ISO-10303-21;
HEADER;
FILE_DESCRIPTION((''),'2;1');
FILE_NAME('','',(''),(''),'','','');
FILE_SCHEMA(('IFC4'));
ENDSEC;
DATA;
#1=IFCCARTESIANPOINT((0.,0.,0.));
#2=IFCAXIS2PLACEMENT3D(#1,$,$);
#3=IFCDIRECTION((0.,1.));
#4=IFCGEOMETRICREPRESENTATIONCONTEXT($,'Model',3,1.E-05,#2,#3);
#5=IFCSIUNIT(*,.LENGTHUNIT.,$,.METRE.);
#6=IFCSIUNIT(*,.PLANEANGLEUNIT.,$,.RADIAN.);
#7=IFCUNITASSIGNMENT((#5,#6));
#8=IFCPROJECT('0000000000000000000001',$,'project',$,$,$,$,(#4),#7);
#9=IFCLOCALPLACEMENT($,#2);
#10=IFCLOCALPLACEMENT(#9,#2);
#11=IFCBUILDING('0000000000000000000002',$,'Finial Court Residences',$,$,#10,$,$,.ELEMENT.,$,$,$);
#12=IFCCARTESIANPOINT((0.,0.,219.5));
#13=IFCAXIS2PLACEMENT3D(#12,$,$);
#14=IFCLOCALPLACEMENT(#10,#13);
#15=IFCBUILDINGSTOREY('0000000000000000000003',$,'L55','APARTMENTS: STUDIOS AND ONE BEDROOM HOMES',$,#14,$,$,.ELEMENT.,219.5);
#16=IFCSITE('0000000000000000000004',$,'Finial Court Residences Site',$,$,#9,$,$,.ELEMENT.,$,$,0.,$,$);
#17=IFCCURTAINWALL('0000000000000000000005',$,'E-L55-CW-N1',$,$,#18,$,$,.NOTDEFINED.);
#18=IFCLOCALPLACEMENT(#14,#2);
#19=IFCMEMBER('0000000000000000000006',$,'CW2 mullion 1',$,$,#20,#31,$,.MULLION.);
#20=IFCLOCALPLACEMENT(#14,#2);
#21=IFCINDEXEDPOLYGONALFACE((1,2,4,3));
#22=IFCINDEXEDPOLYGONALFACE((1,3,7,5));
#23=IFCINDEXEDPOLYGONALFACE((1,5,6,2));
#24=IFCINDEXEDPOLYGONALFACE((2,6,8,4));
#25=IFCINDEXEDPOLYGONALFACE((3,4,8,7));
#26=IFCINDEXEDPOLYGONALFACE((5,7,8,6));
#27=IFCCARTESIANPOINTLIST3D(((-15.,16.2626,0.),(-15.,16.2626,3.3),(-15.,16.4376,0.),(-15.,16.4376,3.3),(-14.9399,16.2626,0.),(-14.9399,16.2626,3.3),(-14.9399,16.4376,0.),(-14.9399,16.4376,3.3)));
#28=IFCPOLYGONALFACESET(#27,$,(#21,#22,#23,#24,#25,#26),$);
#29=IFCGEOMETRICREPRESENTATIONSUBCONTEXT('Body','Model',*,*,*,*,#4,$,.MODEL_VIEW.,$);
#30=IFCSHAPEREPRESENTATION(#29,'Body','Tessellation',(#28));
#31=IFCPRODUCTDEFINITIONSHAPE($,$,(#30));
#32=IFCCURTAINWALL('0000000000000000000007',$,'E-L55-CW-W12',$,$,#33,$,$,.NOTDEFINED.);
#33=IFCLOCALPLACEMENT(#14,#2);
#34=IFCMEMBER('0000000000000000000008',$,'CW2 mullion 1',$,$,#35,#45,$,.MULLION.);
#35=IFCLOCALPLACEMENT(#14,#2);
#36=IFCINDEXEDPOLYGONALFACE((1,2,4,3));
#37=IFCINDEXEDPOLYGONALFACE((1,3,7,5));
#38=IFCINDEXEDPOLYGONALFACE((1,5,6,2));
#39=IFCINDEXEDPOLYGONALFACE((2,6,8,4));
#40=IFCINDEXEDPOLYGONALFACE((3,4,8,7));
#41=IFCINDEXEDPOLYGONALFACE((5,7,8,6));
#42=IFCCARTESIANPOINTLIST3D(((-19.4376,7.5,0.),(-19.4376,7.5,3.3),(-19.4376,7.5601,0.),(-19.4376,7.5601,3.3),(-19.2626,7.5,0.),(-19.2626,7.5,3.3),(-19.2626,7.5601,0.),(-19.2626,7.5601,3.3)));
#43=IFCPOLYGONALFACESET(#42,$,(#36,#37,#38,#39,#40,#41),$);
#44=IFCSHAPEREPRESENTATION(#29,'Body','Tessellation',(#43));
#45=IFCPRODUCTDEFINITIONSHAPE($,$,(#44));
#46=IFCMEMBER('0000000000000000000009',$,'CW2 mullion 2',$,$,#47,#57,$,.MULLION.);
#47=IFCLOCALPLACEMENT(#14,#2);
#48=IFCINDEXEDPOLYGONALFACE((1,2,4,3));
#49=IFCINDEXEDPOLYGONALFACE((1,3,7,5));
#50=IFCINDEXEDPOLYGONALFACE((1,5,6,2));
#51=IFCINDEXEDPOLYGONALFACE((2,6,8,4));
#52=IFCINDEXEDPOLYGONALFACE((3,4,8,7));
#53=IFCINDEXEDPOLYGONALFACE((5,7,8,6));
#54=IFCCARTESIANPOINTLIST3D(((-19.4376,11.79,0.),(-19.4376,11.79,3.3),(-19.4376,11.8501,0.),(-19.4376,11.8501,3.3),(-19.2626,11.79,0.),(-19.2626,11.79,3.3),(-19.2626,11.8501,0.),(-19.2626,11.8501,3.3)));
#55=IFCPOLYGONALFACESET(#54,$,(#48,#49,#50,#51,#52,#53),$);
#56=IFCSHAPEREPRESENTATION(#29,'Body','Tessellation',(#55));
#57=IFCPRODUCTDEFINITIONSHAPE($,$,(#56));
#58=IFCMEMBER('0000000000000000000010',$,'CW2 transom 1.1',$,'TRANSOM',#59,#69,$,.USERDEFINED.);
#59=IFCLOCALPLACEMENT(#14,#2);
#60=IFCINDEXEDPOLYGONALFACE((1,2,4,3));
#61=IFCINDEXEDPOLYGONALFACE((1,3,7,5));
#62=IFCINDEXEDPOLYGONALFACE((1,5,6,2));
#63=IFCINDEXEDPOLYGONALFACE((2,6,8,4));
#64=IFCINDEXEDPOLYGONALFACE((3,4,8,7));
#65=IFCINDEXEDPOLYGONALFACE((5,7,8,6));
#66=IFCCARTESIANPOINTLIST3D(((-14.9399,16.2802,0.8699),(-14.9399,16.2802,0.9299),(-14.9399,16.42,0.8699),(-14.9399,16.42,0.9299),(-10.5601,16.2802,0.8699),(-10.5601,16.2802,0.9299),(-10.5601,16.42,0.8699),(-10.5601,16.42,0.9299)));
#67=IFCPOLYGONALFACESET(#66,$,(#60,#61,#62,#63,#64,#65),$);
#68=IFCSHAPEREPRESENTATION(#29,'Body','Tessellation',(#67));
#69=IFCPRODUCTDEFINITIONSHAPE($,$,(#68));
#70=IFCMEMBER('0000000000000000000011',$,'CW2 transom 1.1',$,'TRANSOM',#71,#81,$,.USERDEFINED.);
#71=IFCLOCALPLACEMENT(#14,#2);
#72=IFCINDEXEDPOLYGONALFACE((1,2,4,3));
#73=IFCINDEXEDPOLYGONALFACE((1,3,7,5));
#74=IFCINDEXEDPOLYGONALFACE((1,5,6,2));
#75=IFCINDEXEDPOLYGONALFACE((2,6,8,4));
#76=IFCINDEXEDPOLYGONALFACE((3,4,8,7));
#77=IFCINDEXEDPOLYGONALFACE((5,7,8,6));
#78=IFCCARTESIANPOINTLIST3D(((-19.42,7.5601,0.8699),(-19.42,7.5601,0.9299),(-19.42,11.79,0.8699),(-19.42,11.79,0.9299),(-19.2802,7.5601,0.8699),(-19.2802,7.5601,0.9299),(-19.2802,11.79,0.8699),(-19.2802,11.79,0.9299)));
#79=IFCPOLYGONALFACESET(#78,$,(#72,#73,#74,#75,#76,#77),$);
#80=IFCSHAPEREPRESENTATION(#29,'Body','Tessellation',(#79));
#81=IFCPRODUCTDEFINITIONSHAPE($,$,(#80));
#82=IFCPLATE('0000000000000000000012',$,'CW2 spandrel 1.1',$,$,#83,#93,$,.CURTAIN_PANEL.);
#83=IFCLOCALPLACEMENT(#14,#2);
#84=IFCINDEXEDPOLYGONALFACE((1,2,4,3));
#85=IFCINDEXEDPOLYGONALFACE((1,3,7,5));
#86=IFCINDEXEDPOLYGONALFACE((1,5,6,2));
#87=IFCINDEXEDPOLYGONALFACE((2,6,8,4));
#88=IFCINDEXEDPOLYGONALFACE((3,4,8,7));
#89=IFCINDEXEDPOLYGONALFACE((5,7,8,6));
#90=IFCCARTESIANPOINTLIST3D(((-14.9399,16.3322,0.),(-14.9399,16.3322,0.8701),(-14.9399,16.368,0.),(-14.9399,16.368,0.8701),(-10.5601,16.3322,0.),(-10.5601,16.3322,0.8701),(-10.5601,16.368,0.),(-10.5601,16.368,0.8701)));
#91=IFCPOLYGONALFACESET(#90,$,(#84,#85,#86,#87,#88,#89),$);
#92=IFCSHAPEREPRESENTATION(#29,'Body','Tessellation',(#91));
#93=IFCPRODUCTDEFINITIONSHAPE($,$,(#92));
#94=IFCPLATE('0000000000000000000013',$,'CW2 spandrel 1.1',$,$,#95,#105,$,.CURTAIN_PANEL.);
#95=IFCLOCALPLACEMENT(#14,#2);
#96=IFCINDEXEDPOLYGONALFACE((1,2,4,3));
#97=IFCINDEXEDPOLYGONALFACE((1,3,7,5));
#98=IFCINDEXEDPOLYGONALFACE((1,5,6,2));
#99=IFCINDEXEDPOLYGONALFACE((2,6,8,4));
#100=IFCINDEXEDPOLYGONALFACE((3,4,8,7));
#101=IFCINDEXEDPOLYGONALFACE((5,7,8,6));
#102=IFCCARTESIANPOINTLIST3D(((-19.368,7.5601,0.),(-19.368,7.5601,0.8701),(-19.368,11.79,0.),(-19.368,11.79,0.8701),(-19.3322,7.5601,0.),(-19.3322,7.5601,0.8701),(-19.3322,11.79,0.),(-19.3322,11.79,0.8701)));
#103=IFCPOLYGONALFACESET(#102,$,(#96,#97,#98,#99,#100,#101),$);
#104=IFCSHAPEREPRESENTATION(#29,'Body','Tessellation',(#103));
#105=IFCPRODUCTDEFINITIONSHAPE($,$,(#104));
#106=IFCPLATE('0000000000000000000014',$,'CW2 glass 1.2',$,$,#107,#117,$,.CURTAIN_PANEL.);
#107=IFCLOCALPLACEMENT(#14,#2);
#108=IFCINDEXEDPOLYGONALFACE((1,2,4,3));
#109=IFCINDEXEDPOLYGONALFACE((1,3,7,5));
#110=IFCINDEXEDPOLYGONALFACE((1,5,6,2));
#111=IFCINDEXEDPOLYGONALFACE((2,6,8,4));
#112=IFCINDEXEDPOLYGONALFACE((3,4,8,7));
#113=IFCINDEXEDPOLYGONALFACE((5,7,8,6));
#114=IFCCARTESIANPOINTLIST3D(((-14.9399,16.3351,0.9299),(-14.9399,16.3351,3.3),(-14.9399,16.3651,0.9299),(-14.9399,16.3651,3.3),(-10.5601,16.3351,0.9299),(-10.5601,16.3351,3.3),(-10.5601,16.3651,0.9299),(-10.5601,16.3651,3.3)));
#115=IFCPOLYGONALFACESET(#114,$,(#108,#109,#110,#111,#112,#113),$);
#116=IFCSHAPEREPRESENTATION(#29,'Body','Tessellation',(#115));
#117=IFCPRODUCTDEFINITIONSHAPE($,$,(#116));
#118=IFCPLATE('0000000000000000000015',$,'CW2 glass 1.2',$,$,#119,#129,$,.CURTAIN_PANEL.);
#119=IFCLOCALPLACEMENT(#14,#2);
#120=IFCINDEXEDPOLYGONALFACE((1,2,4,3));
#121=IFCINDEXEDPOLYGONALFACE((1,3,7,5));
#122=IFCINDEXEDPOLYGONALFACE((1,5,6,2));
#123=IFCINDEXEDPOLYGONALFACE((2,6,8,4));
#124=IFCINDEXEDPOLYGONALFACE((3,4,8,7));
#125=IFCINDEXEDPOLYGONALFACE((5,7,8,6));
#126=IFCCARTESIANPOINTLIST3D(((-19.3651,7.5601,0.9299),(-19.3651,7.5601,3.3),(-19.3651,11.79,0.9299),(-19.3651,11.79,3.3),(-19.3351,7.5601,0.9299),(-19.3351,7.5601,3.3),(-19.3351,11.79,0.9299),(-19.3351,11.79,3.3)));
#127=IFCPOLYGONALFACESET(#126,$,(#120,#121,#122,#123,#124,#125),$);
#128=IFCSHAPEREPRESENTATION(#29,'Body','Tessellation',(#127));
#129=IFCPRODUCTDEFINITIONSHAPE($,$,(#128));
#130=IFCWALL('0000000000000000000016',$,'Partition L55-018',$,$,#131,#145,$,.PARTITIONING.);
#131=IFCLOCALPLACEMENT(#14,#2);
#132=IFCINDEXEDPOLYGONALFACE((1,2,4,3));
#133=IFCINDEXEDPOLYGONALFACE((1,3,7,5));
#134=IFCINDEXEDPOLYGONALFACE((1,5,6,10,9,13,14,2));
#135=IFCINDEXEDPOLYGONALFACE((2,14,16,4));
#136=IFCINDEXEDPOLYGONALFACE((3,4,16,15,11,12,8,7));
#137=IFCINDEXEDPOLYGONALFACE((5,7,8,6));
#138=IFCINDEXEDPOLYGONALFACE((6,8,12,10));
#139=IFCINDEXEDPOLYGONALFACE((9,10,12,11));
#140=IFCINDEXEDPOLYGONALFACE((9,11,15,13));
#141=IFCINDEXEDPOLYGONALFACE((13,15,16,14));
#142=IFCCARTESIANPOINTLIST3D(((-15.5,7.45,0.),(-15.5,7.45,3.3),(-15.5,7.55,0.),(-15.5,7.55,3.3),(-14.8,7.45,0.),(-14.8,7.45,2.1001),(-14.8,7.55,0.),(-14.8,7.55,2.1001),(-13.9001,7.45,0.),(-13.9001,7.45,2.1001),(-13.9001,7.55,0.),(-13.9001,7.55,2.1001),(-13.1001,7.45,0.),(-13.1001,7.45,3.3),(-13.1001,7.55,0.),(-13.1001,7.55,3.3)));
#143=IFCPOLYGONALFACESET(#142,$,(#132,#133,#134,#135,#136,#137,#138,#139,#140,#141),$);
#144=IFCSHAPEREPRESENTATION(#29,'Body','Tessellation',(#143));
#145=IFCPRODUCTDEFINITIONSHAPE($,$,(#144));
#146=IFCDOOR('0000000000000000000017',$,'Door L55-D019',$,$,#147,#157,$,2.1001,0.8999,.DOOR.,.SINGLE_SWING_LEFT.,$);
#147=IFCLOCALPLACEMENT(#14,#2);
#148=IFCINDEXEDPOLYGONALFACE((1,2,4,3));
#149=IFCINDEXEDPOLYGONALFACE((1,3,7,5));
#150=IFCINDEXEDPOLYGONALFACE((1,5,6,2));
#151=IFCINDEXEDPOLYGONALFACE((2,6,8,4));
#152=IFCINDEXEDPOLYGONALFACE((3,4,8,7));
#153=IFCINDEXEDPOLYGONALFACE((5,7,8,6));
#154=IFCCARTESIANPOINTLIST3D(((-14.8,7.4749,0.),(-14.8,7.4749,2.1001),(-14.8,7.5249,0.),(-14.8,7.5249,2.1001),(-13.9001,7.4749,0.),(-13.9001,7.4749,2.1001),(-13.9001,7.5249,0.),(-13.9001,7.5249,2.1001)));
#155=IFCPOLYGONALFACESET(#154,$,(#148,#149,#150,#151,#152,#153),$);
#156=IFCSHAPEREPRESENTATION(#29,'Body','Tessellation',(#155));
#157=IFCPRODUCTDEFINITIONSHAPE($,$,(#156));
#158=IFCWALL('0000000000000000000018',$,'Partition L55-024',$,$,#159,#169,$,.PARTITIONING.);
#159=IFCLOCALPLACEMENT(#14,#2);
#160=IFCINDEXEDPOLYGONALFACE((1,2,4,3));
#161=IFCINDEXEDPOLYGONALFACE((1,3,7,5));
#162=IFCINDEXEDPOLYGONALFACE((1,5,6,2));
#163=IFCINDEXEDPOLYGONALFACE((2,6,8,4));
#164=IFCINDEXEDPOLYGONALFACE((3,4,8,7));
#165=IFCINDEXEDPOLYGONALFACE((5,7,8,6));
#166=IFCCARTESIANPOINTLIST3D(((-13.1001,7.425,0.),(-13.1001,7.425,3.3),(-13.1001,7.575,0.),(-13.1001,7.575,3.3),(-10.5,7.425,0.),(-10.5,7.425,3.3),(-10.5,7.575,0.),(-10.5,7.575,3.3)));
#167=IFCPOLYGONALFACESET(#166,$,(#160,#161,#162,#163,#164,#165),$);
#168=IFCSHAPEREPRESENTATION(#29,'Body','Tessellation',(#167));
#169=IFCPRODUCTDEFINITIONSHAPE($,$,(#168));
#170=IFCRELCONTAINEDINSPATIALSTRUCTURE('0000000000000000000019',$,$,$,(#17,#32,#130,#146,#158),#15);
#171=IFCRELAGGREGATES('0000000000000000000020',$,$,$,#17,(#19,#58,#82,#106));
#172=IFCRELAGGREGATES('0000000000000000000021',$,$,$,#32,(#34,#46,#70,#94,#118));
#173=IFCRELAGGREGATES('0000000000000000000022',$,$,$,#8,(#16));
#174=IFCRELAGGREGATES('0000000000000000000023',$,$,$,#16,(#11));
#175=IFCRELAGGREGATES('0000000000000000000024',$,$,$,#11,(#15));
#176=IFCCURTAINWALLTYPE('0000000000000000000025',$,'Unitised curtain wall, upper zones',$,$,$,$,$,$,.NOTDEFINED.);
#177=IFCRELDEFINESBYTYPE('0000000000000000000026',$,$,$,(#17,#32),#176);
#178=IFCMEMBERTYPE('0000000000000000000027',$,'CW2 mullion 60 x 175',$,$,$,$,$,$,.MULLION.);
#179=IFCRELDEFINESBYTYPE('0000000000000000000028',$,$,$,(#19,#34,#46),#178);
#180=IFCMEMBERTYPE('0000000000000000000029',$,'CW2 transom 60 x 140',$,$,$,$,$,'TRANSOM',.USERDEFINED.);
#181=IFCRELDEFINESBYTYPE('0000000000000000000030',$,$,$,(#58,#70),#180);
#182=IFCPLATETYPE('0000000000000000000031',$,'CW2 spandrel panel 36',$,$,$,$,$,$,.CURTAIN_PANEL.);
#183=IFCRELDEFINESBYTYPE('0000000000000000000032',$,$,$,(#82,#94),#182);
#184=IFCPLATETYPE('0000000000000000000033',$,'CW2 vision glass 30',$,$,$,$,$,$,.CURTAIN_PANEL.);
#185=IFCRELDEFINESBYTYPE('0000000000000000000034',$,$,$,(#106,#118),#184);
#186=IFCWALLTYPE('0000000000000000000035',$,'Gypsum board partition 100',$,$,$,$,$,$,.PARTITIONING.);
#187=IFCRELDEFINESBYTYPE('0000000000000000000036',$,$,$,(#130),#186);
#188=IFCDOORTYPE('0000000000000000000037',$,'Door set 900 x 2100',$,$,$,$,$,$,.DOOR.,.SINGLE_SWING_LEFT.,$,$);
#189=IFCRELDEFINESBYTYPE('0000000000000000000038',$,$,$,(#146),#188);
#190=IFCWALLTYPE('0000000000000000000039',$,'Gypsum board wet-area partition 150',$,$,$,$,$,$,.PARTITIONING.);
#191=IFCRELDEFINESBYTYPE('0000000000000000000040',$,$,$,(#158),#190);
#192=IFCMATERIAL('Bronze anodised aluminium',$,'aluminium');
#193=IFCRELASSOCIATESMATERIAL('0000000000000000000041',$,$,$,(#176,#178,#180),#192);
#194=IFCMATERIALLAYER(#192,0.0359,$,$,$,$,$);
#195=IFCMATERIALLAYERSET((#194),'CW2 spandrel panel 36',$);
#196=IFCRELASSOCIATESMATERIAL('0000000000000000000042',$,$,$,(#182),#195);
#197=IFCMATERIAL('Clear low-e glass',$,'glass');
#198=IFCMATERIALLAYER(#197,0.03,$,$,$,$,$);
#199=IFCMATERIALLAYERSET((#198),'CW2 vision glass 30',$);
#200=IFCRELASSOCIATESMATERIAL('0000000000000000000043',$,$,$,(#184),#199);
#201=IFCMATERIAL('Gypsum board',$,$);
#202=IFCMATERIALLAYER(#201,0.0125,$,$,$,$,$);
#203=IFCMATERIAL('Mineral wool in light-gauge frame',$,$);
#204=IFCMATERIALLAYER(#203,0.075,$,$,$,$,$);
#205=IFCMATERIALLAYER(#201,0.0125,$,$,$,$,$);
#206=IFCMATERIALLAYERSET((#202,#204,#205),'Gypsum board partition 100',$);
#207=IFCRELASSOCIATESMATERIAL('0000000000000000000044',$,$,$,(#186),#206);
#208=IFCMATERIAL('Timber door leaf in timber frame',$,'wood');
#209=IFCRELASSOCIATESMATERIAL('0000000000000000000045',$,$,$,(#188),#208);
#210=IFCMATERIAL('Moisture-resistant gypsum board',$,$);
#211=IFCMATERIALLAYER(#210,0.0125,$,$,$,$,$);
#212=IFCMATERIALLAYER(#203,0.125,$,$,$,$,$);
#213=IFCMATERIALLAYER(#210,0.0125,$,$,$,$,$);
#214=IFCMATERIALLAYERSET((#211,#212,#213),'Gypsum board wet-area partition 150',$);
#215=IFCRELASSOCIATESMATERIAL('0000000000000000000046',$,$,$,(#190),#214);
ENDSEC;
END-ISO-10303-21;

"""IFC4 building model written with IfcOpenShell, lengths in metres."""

from ifc_helpers import new_model, si_unit, direction, frame, frame_2d, origin, origin_2d, place, context, subcontext, project, spatial, rectangle, extrude, material, layer, layer_set, material_profile, profile_set, type_object, element, fill, aggregate, save


model = new_model("IFC4")

# Units and contexts
model_context = context("Model", 3, precision=1e-05, world=origin(), true_north=direction((0.0, 1.0)))
body_context = subcontext(model_context, "Body", "Model", "MODEL_VIEW")
ifc_project = project(units=[si_unit("LENGTHUNIT", "METRE"), si_unit("PLANEANGLEUNIT", "RADIAN")], contexts=[model_context])

# Site, building, storey
site_placement = place(None, origin())
site = spatial("IfcSite", under=ifc_project, at=site_placement, Name="Finial Court Residences Site", CompositionType="ELEMENT", RefElevation=0.0)
building_placement = place(site_placement, origin())
building = spatial("IfcBuilding", under=site, at=building_placement, Name="Finial Court Residences", CompositionType="ELEMENT")
storey_placement = place(building_placement, frame((0.0, 0.0, 219.5)))
storey = spatial("IfcBuildingStorey", under=building, at=storey_placement, Name="L55", Description="APARTMENTS: STUDIOS AND ONE BEDROOM HOMES", CompositionType="ELEMENT", Elevation=219.5)

# Curtain wall, member
ifc_material_1 = material(Name="Bronze anodised aluminium", Category="aluminium")
curtain_wall_type = type_object("IfcCurtainWallType", Name="Unitised curtain wall, upper zones", PredefinedType="NOTDEFINED", material=ifc_material_1)
curtain_wall_1_placement = place(storey_placement, origin())
curtain_wall_1 = element("IfcCurtainWall", 1, at=curtain_wall_1_placement, inside=storey, type_object=curtain_wall_type, Name="E-L55-CW-N1", PredefinedType="NOTDEFINED")
ifc_material_profile_1 = material_profile(ifc_material_1, rectangle(XDim=0.175, YDim=0.0601, at=origin_2d()), Name="CW2 mullion 60 x 175")
ifc_profile_set_1 = profile_set([ifc_material_profile_1], Name="Bronze anodised aluminium")
member_type_1 = type_object("IfcMemberType", Name="CW2 mullion 60 x 175", PredefinedType="MULLION", material=ifc_profile_set_1)
member_1_placement = place(storey_placement, frame((-14.97, 16.3501, 0.0), z_axis=(0.0, 0.0, 1.0), x_axis=(0.0, 1.0, 0.0)))
member_1 = element("IfcMember", 2, at=member_1_placement, type_object=member_type_1, Name="CW2 mullion 1", PredefinedType="MULLION", context=body_context, shape_type="SweptSolid", body=[
    extrude(rectangle(XDim=0.175, YDim=0.0601, at=origin_2d()), origin(), (0.0, 0.0, 1.0), 3.3),
])

# Curtain wall, members
curtain_wall_2_placement = place(storey_placement, origin())
curtain_wall_2 = element("IfcCurtainWall", 3, at=curtain_wall_2_placement, inside=storey, type_object=curtain_wall_type, Name="E-L55-CW-W12", PredefinedType="NOTDEFINED")
member_2_placement = place(storey_placement, frame((-19.3501, 7.53, 0.0), z_axis=(0.0, 0.0, 1.0), x_axis=(-1.0, 0.0, 0.0)))
member_2 = element("IfcMember", 4, at=member_2_placement, type_object=member_type_1, Name="CW2 mullion 1", PredefinedType="MULLION", context=body_context, shape_type="SweptSolid", body=[
    extrude(rectangle(XDim=0.175, YDim=0.0601, at=origin_2d()), origin(), (0.0, 0.0, 1.0), 3.3),
])
member_3_placement = place(storey_placement, frame((-19.3501, 11.8201, 0.0), z_axis=(0.0, 0.0, 1.0), x_axis=(-1.0, 0.0, 0.0)))
member_3 = element("IfcMember", 5, at=member_3_placement, type_object=member_type_1, Name="CW2 mullion 2", PredefinedType="MULLION", context=body_context, shape_type="SweptSolid", body=[
    extrude(rectangle(XDim=0.175, YDim=0.0601, at=origin_2d()), origin(), (0.0, 0.0, 1.0), 3.3),
])

# Members
ifc_material_profile_2 = material_profile(ifc_material_1, rectangle(XDim=0.1399, YDim=0.0601, at=origin_2d()), Name="CW2 transom 60 x 140")
ifc_profile_set_2 = profile_set([ifc_material_profile_2], Name="Bronze anodised aluminium")
member_type_2 = type_object("IfcMemberType", Name="CW2 transom 60 x 140", ElementType="TRANSOM", PredefinedType="USERDEFINED", material=ifc_profile_set_2)
member_4_placement = place(storey_placement, frame((-14.9399, 16.3501, 0.8999), z_axis=(1.0, 0.0, 0.0), x_axis=(0.0, 1.0, 0.0)))
member_4 = element("IfcMember", 6, at=member_4_placement, type_object=member_type_2, Name="CW2 transom 1.1", ObjectType="TRANSOM", PredefinedType="USERDEFINED", context=body_context, shape_type="SweptSolid", body=[
    extrude(rectangle(XDim=0.1399, YDim=0.0601, at=origin_2d()), origin(), (0.0, 0.0, 1.0), 4.3799),
])
member_5_placement = place(storey_placement, frame((-19.3501, 7.5601, 0.8999), z_axis=(0.0, 1.0, 0.0), x_axis=(-1.0, 0.0, 0.0)))
member_5 = element("IfcMember", 7, at=member_5_placement, type_object=member_type_2, Name="CW2 transom 1.1", ObjectType="TRANSOM", PredefinedType="USERDEFINED", context=body_context, shape_type="SweptSolid", body=[
    extrude(rectangle(XDim=0.1399, YDim=0.0601, at=origin_2d()), origin(), (0.0, 0.0, 1.0), 4.23),
])

# Plates
ifc_layer_1 = layer(ifc_material_1, 0.0359)
ifc_layer_set_1 = layer_set([ifc_layer_1], Name="CW2 spandrel panel 36")
plate_type_1 = type_object("IfcPlateType", Name="CW2 spandrel panel 36", PredefinedType="CURTAIN_PANEL", material=ifc_layer_set_1)
plate_1_placement = place(storey_placement, frame((-12.75, 16.3501, 0.0), z_axis=(0.0, 0.0, 1.0), x_axis=(1.0, 0.0, 0.0)))
plate_1 = element("IfcPlate", 8, at=plate_1_placement, type_object=plate_type_1, Name="CW2 spandrel 1.1", PredefinedType="CURTAIN_PANEL", context=body_context, shape_type="SweptSolid", body=[
    extrude(rectangle(XDim=4.3799, YDim=0.0359, at=origin_2d()), origin(), (0.0, 0.0, 1.0), 0.8701),
])
plate_2_placement = place(storey_placement, frame((-19.3501, 9.675, 0.0), z_axis=(0.0, 0.0, 1.0), x_axis=(0.0, 1.0, 0.0)))
plate_2 = element("IfcPlate", 9, at=plate_2_placement, type_object=plate_type_1, Name="CW2 spandrel 1.1", PredefinedType="CURTAIN_PANEL", context=body_context, shape_type="SweptSolid", body=[
    extrude(rectangle(XDim=4.23, YDim=0.0359, at=origin_2d()), origin(), (0.0, 0.0, 1.0), 0.8701),
])
ifc_material_2 = material(Name="Clear low-e glass", Category="glass")
ifc_layer_2 = layer(ifc_material_2, 0.03)
ifc_layer_set_2 = layer_set([ifc_layer_2], Name="CW2 vision glass 30")
plate_type_2 = type_object("IfcPlateType", Name="CW2 vision glass 30", PredefinedType="CURTAIN_PANEL", material=ifc_layer_set_2)
plate_3_placement = place(storey_placement, frame((-12.75, 16.3501, 0.9299), z_axis=(0.0, 0.0, 1.0), x_axis=(1.0, 0.0, 0.0)))
plate_3 = element("IfcPlate", 10, at=plate_3_placement, type_object=plate_type_2, Name="CW2 glass 1.2", PredefinedType="CURTAIN_PANEL", context=body_context, shape_type="SweptSolid", body=[
    extrude(rectangle(XDim=4.3799, YDim=0.03, at=origin_2d()), origin(), (0.0, 0.0, 1.0), 2.3701),
])
aggregate(curtain_wall_1, [member_1, member_4, plate_1, plate_3])
plate_4_placement = place(storey_placement, frame((-19.3501, 9.675, 0.9299), z_axis=(0.0, 0.0, 1.0), x_axis=(0.0, 1.0, 0.0)))
plate_4 = element("IfcPlate", 11, at=plate_4_placement, type_object=plate_type_2, Name="CW2 glass 1.2", PredefinedType="CURTAIN_PANEL", context=body_context, shape_type="SweptSolid", body=[
    extrude(rectangle(XDim=4.23, YDim=0.03, at=origin_2d()), origin(), (0.0, 0.0, 1.0), 2.3701),
])
aggregate(curtain_wall_2, [member_2, member_3, member_5, plate_2, plate_4])

# Wall, opening, door
ifc_material_3 = material(Name="Gypsum board")
ifc_layer_3 = layer(ifc_material_3, 0.0125)
ifc_material_4 = material(Name="Mineral wool in light-gauge frame")
ifc_layer_4 = layer(ifc_material_4, 0.075)
ifc_layer_5 = layer(ifc_material_3, 0.0125)
ifc_layer_set_3 = layer_set([ifc_layer_3, ifc_layer_4, ifc_layer_5], Name="Gypsum board partition 100")
wall_type_1 = type_object("IfcWallType", Name="Gypsum board partition 100", PredefinedType="PARTITIONING", material=ifc_layer_set_3)
wall_1_placement = place(storey_placement, frame((-15.5, 7.5, 0.0), z_axis=(0.0, 0.0, 1.0), x_axis=(1.0, 0.0, 0.0)))
wall_1 = element("IfcWall", 12, at=wall_1_placement, inside=storey, type_object=wall_type_1, Name="Partition L55-018", PredefinedType="PARTITIONING", context=body_context, shape_type="SweptSolid", body=[
    extrude(rectangle(XDim=2.3999, YDim=0.1001, at=frame_2d((1.2, 0.0))), origin(), (0.0, 0.0, 1.0), 3.3),
])
opening_1_placement = place(wall_1_placement, frame((0.7, 0.0, 0.0)))
opening_1 = element("IfcOpeningElement", 13, at=opening_1_placement, cuts=wall_1, PredefinedType="OPENING", context=body_context, shape_type="SweptSolid", body=[
    extrude(rectangle(XDim=0.8999, YDim=2.1001, at=frame_2d((0.45, 1.05))), frame((0.0, 0.0601, 0.0), z_axis=(0.0, -1.0, 0.0), x_axis=(1.0, 0.0, 0.0)), (0.0, 0.0, 1.0), 0.1201),
])
ifc_material_5 = material(Name="Timber door leaf in timber frame", Category="wood")
door_type = type_object("IfcDoorType", Name="Door set 900 x 2100", OperationType="SINGLE_SWING_LEFT", PredefinedType="DOOR", material=ifc_material_5)
door_placement = place(opening_1_placement, origin())
door = element("IfcDoor", 14, at=door_placement, inside=storey, type_object=door_type, Name="Door L55-D019", OperationType="SINGLE_SWING_LEFT", OverallHeight=2.1001, OverallWidth=0.8999, PredefinedType="DOOR", context=body_context, shape_type="SweptSolid", body=[
    extrude(rectangle(XDim=0.8999, YDim=2.1001, at=frame_2d((0.45, 1.05))), frame((0.0, 0.0249, 0.0), z_axis=(0.0, -1.0, 0.0), x_axis=(1.0, 0.0, 0.0)), (0.0, 0.0, 1.0), 0.05),
])
fill(opening_1, door)

# Wall
ifc_material_6 = material(Name="Moisture-resistant gypsum board")
ifc_layer_6 = layer(ifc_material_6, 0.0125)
ifc_layer_7 = layer(ifc_material_4, 0.125)
ifc_layer_8 = layer(ifc_material_6, 0.0125)
ifc_layer_set_4 = layer_set([ifc_layer_6, ifc_layer_7, ifc_layer_8], Name="Gypsum board wet-area partition 150")
wall_type_2 = type_object("IfcWallType", Name="Gypsum board wet-area partition 150", PredefinedType="PARTITIONING", material=ifc_layer_set_4)
wall_2_placement = place(storey_placement, frame((-13.1001, 7.5, 0.0), z_axis=(0.0, 0.0, 1.0), x_axis=(1.0, 0.0, 0.0)))
element("IfcWall", 15, at=wall_2_placement, inside=storey, type_object=wall_type_2, Name="Partition L55-024", PredefinedType="PARTITIONING", context=body_context, shape_type="SweptSolid", body=[
    extrude(rectangle(XDim=2.6001, YDim=0.1499, at=frame_2d((1.3, 0.0))), origin(), (0.0, 0.0, 1.0), 3.3),
])

save(model, "model.ifc")
